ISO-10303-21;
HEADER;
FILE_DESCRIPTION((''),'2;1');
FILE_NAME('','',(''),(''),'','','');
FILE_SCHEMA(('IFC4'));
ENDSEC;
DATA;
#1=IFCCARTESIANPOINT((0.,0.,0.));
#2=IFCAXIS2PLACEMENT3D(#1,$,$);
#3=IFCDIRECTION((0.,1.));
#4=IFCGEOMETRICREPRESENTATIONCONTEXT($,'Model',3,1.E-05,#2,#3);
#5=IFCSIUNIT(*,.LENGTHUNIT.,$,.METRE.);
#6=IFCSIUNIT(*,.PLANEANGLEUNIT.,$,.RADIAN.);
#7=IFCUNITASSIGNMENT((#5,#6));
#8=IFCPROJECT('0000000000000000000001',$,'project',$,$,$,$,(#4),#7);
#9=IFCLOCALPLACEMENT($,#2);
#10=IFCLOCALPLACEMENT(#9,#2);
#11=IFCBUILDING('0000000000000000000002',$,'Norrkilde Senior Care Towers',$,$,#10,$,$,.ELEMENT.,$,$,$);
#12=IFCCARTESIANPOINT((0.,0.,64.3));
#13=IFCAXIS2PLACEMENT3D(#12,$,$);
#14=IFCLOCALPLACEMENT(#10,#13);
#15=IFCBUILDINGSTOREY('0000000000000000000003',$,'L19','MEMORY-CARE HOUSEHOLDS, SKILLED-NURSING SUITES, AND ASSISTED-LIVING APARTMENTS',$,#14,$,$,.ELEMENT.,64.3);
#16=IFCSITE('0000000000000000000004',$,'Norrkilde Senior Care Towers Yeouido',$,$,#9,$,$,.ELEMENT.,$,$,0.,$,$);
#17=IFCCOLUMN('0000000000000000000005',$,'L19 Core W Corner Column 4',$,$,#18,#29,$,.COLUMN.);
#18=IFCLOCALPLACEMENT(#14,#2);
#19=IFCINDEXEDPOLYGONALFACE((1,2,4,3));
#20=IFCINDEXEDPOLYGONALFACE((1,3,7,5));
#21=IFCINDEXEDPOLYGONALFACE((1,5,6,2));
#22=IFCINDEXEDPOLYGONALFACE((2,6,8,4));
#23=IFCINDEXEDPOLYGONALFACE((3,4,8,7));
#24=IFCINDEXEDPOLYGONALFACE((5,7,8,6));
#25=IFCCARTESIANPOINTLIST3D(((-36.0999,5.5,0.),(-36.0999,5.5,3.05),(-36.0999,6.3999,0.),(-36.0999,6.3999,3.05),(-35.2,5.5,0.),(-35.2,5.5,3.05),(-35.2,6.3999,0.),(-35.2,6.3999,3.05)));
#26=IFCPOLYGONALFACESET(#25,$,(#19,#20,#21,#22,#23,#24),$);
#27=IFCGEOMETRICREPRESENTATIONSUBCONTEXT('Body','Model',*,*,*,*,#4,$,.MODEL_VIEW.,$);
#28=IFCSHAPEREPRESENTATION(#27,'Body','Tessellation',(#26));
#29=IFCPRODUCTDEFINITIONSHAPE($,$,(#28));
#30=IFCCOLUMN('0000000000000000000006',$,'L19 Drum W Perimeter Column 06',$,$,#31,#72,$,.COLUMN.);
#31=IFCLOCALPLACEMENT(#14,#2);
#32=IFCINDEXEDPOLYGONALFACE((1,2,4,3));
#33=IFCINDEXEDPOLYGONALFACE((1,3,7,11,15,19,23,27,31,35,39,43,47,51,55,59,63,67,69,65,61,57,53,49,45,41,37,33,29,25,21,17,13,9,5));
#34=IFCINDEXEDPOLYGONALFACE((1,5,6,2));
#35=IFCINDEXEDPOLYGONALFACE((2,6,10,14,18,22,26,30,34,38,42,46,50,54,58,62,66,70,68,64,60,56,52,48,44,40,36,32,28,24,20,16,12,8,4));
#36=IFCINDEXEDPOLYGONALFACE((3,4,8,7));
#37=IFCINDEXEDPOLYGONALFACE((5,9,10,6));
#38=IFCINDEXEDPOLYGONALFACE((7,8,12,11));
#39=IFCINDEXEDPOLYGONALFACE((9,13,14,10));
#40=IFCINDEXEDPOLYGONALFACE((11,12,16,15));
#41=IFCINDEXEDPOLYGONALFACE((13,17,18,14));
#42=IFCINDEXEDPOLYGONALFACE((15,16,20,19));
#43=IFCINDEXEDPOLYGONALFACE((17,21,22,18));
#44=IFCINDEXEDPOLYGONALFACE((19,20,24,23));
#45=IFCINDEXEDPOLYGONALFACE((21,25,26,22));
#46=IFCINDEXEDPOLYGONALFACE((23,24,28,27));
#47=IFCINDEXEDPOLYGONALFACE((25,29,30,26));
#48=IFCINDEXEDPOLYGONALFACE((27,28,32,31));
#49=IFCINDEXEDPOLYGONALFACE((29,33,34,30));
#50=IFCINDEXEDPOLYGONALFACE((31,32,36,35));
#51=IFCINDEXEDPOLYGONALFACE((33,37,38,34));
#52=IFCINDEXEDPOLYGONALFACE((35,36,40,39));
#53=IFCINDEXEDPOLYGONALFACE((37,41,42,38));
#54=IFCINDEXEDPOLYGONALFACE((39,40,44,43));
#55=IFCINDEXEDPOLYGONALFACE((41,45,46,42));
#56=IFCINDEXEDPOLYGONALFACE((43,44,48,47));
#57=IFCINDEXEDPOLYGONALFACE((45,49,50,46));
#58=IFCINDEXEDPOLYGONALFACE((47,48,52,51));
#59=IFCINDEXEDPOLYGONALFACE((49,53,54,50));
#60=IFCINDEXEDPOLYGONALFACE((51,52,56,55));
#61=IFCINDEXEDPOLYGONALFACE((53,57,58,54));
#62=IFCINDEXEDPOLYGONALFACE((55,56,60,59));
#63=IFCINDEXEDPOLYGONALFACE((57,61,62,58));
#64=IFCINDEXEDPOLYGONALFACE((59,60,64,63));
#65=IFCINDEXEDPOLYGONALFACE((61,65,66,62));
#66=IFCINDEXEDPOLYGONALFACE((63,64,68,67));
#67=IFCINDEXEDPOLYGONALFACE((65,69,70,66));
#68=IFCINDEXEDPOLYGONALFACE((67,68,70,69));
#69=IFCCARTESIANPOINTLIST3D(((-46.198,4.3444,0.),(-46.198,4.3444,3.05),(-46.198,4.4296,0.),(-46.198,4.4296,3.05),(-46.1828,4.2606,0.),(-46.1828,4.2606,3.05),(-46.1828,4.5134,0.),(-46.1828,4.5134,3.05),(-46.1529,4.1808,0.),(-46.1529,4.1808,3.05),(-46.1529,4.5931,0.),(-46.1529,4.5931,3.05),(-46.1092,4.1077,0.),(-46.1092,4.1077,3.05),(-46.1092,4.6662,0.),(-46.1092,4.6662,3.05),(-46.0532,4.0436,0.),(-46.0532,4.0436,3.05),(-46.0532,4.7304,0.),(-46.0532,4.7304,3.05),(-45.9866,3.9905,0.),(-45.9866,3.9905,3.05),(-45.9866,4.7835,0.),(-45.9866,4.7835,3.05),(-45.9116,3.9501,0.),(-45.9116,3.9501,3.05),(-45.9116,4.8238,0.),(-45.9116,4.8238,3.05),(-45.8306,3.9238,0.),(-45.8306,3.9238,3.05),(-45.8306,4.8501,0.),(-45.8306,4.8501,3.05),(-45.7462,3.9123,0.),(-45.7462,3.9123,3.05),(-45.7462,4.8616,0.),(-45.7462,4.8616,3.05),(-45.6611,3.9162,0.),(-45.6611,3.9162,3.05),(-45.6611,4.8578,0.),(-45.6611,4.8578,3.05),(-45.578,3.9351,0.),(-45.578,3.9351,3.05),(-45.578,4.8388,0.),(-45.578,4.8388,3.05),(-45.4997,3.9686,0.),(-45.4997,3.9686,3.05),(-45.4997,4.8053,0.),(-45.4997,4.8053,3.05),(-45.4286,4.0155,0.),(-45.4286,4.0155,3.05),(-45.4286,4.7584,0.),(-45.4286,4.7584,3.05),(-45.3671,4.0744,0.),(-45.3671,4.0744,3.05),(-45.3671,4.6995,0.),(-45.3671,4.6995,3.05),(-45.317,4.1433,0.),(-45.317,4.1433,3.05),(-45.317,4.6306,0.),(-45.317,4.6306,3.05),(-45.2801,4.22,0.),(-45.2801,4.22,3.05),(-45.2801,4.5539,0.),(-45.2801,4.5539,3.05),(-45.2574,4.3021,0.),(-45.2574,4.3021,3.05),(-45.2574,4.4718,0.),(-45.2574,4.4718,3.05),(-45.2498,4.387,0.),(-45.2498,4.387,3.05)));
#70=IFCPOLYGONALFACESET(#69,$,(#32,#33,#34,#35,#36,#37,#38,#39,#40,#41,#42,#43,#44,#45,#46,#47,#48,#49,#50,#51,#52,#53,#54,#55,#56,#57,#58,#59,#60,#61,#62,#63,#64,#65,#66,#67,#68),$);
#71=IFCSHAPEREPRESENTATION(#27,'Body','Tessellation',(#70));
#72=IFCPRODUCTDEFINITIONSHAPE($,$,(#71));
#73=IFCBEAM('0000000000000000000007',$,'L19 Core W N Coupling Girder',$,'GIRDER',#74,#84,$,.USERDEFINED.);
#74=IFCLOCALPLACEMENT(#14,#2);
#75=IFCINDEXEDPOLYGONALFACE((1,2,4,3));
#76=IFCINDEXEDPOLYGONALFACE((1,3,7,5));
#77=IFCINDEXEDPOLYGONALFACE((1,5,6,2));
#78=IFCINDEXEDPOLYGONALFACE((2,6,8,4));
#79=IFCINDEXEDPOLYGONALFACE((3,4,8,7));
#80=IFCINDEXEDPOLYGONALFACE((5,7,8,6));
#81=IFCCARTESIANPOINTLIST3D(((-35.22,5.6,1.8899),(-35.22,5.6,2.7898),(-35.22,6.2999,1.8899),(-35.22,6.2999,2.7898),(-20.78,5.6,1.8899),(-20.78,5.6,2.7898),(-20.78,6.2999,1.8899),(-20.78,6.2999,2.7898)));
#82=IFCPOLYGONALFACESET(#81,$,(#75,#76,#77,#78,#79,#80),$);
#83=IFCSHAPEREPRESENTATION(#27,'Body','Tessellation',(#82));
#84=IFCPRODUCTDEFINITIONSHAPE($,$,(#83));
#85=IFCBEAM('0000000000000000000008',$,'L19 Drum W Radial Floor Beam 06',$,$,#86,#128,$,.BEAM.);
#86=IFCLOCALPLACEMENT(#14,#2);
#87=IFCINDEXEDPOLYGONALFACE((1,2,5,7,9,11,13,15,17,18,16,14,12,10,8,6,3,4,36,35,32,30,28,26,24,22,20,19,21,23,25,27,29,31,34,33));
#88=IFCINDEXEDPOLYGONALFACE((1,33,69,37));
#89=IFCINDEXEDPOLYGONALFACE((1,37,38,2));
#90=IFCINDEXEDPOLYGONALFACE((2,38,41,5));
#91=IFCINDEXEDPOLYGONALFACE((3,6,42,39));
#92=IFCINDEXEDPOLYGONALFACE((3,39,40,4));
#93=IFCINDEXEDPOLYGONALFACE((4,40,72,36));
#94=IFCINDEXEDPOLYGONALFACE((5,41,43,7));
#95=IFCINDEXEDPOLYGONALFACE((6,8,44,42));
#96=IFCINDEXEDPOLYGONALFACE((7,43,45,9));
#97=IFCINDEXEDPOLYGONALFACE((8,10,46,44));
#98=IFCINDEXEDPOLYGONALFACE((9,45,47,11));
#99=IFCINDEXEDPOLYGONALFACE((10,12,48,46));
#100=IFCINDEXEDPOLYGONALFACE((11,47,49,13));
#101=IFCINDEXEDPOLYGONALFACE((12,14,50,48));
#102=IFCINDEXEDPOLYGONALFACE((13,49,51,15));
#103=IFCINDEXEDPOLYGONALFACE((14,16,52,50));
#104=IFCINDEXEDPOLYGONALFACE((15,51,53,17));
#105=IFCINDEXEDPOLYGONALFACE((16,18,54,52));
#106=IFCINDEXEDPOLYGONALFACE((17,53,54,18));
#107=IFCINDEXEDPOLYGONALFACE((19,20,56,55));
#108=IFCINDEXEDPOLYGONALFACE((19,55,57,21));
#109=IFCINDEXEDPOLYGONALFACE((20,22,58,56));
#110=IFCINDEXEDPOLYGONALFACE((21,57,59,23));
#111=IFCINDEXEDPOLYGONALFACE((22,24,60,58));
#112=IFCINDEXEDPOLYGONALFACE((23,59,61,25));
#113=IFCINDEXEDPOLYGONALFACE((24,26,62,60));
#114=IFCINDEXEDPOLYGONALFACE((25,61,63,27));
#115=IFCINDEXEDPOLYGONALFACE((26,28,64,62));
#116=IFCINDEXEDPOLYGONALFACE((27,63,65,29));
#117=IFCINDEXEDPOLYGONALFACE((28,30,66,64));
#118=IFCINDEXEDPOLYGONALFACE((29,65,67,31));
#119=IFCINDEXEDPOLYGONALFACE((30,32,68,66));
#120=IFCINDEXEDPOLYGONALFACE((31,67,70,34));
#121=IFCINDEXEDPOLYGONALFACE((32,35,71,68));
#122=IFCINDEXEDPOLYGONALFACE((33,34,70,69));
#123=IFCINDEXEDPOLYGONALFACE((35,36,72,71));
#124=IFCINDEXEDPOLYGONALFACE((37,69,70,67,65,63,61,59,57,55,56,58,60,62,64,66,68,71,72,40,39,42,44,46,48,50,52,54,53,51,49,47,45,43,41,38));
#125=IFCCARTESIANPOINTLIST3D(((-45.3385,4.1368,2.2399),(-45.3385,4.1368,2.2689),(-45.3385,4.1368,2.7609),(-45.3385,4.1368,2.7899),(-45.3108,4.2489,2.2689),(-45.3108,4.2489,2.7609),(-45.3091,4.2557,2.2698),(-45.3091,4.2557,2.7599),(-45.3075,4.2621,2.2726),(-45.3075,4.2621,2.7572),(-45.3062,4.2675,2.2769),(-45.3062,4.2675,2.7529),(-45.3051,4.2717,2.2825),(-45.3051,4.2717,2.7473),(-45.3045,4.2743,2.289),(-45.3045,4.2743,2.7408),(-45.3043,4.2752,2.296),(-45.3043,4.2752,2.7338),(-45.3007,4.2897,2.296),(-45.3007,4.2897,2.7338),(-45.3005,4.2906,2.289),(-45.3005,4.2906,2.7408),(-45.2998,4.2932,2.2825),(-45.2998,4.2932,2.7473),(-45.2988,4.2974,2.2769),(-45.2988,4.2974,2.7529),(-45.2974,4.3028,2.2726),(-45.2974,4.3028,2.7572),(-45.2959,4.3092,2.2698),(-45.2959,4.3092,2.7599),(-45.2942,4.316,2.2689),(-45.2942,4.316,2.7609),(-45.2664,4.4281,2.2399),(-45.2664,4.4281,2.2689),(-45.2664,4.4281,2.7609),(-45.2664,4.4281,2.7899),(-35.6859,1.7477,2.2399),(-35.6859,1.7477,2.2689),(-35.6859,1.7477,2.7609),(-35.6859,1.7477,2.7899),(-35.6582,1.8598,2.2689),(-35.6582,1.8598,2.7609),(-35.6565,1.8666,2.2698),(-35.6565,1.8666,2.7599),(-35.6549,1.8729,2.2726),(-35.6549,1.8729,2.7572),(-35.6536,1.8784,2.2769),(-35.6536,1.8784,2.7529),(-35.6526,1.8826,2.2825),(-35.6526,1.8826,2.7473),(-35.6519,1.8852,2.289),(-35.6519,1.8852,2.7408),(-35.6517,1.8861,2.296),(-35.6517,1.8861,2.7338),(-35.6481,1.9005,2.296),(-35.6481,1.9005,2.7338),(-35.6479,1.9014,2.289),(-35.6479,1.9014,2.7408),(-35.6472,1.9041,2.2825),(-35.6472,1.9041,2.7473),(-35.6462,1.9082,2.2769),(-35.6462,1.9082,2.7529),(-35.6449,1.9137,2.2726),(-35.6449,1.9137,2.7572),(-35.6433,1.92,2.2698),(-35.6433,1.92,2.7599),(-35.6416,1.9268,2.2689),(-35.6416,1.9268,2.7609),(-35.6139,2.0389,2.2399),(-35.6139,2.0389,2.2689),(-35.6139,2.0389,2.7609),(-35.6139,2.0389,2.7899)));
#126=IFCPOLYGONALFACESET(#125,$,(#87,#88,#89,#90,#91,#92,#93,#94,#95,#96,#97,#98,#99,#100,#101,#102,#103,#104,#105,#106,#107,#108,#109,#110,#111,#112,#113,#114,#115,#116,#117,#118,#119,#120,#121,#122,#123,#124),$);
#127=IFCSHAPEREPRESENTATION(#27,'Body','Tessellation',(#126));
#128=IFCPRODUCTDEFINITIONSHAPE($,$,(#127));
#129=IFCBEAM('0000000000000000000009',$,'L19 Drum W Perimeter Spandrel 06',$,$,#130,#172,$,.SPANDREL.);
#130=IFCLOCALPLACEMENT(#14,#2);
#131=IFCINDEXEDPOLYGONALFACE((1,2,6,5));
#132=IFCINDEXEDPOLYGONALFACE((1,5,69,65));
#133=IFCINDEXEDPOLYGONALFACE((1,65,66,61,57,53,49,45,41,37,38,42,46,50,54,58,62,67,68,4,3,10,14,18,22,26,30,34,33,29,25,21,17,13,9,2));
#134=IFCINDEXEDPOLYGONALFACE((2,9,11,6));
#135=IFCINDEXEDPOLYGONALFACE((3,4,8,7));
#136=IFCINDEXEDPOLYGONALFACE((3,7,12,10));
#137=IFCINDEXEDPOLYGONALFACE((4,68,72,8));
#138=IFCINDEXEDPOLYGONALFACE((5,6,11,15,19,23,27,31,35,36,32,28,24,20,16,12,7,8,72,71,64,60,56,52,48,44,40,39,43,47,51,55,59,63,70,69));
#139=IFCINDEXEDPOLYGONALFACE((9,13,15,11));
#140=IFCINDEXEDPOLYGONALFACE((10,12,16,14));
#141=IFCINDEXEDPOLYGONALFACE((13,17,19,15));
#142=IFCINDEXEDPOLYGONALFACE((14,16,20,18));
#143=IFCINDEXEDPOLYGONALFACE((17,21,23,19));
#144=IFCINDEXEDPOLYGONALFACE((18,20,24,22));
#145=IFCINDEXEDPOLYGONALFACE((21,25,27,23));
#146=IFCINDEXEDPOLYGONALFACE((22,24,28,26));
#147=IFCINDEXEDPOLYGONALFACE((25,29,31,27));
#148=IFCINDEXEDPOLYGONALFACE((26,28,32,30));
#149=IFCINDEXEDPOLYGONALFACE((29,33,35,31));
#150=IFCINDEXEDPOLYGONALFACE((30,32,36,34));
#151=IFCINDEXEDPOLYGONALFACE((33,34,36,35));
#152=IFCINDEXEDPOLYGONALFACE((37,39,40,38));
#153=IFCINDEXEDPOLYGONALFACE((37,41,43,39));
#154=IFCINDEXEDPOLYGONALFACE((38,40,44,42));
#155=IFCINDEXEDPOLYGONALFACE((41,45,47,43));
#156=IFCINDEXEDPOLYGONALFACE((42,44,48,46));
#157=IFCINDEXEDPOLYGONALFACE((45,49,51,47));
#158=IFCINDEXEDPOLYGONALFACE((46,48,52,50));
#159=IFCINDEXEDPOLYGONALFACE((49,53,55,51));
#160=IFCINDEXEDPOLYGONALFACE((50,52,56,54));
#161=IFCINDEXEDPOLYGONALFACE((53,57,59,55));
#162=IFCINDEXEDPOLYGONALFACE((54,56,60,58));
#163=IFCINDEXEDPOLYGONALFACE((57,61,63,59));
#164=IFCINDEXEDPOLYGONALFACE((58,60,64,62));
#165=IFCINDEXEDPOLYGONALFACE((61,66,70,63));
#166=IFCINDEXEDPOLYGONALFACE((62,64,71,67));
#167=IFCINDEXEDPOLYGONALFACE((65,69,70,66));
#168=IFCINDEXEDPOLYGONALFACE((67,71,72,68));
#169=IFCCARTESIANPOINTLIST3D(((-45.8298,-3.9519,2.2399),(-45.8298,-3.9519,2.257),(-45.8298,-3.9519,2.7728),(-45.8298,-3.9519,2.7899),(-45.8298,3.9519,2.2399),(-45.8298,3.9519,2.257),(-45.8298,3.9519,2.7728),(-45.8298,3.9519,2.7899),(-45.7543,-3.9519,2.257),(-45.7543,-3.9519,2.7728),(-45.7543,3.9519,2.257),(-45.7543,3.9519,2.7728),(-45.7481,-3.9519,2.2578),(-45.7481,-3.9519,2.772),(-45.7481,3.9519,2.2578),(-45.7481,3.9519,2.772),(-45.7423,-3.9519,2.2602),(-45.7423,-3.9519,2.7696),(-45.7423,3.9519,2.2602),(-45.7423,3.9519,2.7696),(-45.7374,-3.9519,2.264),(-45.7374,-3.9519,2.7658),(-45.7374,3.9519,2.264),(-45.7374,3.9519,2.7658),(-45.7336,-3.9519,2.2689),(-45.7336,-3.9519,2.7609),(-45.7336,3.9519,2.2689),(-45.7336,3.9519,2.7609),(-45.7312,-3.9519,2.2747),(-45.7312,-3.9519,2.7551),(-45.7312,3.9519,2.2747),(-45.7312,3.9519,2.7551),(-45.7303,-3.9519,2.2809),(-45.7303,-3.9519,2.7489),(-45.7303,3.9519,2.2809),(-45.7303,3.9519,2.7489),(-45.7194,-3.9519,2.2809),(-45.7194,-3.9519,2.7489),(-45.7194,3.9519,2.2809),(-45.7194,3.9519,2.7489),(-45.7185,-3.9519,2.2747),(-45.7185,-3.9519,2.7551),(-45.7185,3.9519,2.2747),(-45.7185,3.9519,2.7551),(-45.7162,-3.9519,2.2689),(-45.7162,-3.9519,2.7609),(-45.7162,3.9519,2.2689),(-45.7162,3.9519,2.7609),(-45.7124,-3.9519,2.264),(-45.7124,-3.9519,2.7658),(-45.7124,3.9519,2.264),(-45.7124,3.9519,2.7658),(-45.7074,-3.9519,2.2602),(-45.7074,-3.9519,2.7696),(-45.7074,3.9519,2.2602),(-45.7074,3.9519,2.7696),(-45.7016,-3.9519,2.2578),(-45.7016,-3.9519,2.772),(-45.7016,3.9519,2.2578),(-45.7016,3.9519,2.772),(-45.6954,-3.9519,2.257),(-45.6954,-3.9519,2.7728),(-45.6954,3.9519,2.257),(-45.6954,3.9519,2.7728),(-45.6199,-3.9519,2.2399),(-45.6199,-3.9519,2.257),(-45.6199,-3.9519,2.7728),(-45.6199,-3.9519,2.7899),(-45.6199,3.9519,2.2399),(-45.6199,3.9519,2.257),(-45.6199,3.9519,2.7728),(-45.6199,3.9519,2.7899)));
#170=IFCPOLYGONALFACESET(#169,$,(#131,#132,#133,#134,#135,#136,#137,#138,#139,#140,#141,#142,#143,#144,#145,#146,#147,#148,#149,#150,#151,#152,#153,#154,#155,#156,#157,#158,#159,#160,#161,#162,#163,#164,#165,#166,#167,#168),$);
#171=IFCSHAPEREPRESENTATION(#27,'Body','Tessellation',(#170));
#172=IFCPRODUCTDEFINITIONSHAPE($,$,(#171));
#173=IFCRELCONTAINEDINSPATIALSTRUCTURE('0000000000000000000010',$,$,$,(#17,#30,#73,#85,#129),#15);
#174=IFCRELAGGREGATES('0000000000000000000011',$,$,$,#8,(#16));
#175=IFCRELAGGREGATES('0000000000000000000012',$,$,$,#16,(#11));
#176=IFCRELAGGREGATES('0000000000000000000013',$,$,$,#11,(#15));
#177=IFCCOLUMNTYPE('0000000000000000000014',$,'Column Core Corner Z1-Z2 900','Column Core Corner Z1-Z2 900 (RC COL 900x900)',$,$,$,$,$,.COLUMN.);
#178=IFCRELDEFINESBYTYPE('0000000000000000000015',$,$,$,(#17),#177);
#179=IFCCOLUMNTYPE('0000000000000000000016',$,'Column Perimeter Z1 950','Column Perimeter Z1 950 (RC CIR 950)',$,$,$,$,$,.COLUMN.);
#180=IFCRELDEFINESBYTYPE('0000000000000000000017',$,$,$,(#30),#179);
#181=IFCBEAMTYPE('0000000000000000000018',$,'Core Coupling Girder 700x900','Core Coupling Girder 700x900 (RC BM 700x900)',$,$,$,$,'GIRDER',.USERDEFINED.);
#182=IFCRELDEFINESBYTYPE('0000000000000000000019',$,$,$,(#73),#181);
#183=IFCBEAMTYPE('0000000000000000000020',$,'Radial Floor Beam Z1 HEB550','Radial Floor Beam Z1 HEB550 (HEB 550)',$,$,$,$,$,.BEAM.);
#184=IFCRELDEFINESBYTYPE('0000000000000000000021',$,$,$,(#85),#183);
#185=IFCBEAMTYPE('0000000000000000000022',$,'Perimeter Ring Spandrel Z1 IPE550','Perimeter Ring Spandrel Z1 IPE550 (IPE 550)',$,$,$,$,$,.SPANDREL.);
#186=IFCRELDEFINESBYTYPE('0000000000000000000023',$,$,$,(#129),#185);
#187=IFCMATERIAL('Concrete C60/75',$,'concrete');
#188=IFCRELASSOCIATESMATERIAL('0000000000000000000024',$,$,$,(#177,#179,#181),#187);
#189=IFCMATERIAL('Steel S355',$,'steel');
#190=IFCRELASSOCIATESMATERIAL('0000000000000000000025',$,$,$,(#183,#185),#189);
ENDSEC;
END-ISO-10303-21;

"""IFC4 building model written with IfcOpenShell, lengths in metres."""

from ifc_helpers import new_model, si_unit, direction, frame, origin, origin_2d, place, context, subcontext, project, spatial, rectangle, circle, i_section, extrude, source, transform, mapped, material, material_profile, profile_set, type_object, type_shapes, element, save


model = new_model("IFC4")

# Units and contexts
model_context = context("Model", 3, precision=1e-05, world=origin(), true_north=direction((0.0, 1.0)))
body_context = subcontext(model_context, "Body", "Model", "MODEL_VIEW")
ifc_project = project(units=[si_unit("LENGTHUNIT", "METRE"), si_unit("PLANEANGLEUNIT", "RADIAN")], contexts=[model_context])

# Site, building, storey
site_placement = place(None, origin())
site = spatial("IfcSite", under=ifc_project, at=site_placement, Name="Norrkilde Senior Care Towers Yeouido", CompositionType="ELEMENT", RefElevation=0.0)
building_placement = place(site_placement, origin())
building = spatial("IfcBuilding", under=site, at=building_placement, Name="Norrkilde Senior Care Towers", CompositionType="ELEMENT")
storey_placement = place(building_placement, frame((0.0, 0.0, 64.3)))
storey = spatial("IfcBuildingStorey", under=building, at=storey_placement, Name="L19", Description="MEMORY-CARE HOUSEHOLDS, SKILLED-NURSING SUITES, AND ASSISTED-LIVING APARTMENTS", CompositionType="ELEMENT", Elevation=64.3)

# Columns
ifc_material_1 = material(Name="Concrete C60/75", Category="concrete")
ifc_material_profile_1 = material_profile(ifc_material_1, rectangle(XDim=0.8999, YDim=0.8999, at=origin_2d()), Name="RC COL 900x900")
ifc_profile_set_1 = profile_set([ifc_material_profile_1], Name="Concrete C60/75")
column_type_1 = type_object("IfcColumnType", Name="Column Core Corner Z1-Z2 900", Description="Column Core Corner Z1-Z2 900 (RC COL 900x900)", PredefinedType="COLUMN", material=ifc_profile_set_1)
shared_shape_1 = source(origin(), body_context, "Body", "SweptSolid", [
    extrude(rectangle(XDim=0.8999, YDim=0.8999, at=origin_2d()), origin(), (0.0, 0.0, 1.0), 3.05),
])
type_shapes(column_type_1, [shared_shape_1])
column_1_placement = place(storey_placement, frame((-35.6499, 5.95, 0.0), z_axis=(0.0, 0.0, 1.0), x_axis=(1.0, 0.0, 0.0)))
element("IfcColumn", 1, at=column_1_placement, inside=storey, type_object=column_type_1, Name="L19 Core W Corner Column 4", PredefinedType="COLUMN", context=body_context, shape_type="MappedRepresentation", body=[
    mapped(shared_shape_1, transform((0.0, 0.0, 0.0), x_axis=(1.0, 0.0, 0.0), y_axis=(0.0, 1.0, 0.0), z_axis=(0.0, 0.0, 1.0), scale=1.0)),
])
ifc_material_profile_2 = material_profile(ifc_material_1, circle(Radius=0.4751, at=origin_2d()), Name="RC CIR 950")
ifc_profile_set_2 = profile_set([ifc_material_profile_2], Name="Concrete C60/75")
column_type_2 = type_object("IfcColumnType", Name="Column Perimeter Z1 950", Description="Column Perimeter Z1 950 (RC CIR 950)", PredefinedType="COLUMN", material=ifc_profile_set_2)
shared_shape_2 = source(origin(), body_context, "Body", "SweptSolid", [
    extrude(circle(Radius=0.4751, at=origin_2d()), origin(), (0.0, 0.0, 1.0), 3.05),
])
type_shapes(column_type_2, [shared_shape_2])
column_2_placement = place(storey_placement, frame((-45.7249, 4.387, 0.0), z_axis=(0.0, 0.0, 1.0), x_axis=(1.0, 0.0, 0.0)))
element("IfcColumn", 2, at=column_2_placement, inside=storey, type_object=column_type_2, Name="L19 Drum W Perimeter Column 06", PredefinedType="COLUMN", context=body_context, shape_type="MappedRepresentation", body=[
    mapped(shared_shape_2, transform((0.0, 0.0, 0.0), x_axis=(1.0, 0.0, 0.0), y_axis=(0.0, 1.0, 0.0), z_axis=(0.0, 0.0, 1.0), scale=1.0)),
])

# Beams
ifc_material_profile_3 = material_profile(ifc_material_1, rectangle(XDim=0.7, YDim=0.8999, at=origin_2d()), Name="RC BM 700x900")
ifc_profile_set_3 = profile_set([ifc_material_profile_3], Name="Concrete C60/75")
beam_type_1 = type_object("IfcBeamType", Name="Core Coupling Girder 700x900", Description="Core Coupling Girder 700x900 (RC BM 700x900)", ElementType="GIRDER", PredefinedType="USERDEFINED", material=ifc_profile_set_3)
shared_shape_3 = source(origin(), body_context, "Body", "SweptSolid", [
    extrude(rectangle(XDim=0.7, YDim=0.8999, at=origin_2d()), origin(), (0.0, 0.0, 1.0), 14.4399),
])
type_shapes(beam_type_1, [shared_shape_3])
beam_1_placement = place(storey_placement, frame((-35.22, 5.95, 2.3398), z_axis=(1.0, 0.0, 0.0), x_axis=(0.0, 1.0, 0.0)))
element("IfcBeam", 3, at=beam_1_placement, inside=storey, type_object=beam_type_1, Name="L19 Core W N Coupling Girder", ObjectType="GIRDER", PredefinedType="USERDEFINED", context=body_context, shape_type="MappedRepresentation", body=[
    mapped(shared_shape_3, transform((0.0, 0.0, 0.0), x_axis=(1.0, 0.0, 0.0), y_axis=(0.0, 1.0, 0.0), z_axis=(0.0, 0.0, 1.0), scale=1.0)),
])
ifc_material_2 = material(Name="Steel S355", Category="steel")
ifc_material_profile_4 = material_profile(ifc_material_2, i_section(OverallWidth=0.3, OverallDepth=0.55, WebThickness=0.0149, FlangeThickness=0.0291, FilletRadius=0.0271, at=origin_2d()), Name="HEB 550")
ifc_profile_set_4 = profile_set([ifc_material_profile_4], Name="Steel S355")
beam_type_2 = type_object("IfcBeamType", Name="Radial Floor Beam Z1 HEB550", Description="Radial Floor Beam Z1 HEB550 (HEB 550)", PredefinedType="BEAM", material=ifc_profile_set_4)
shared_shape_4 = source(origin(), body_context, "Body", "SweptSolid", [
    extrude(i_section(OverallWidth=0.3, OverallDepth=0.55, WebThickness=0.0149, FlangeThickness=0.0291, FilletRadius=0.0271, at=origin_2d()), origin(), (0.0, 0.0, 1.0), 9.9438),
])
type_shapes(beam_type_2, [shared_shape_4])
beam_2_placement = place(storey_placement, frame((-35.6499, 1.8933, 2.5149), z_axis=(-0.970707, 0.240265, 0.0), x_axis=(-0.240265, -0.970707, 0.0)))
element("IfcBeam", 4, at=beam_2_placement, inside=storey, type_object=beam_type_2, Name="L19 Drum W Radial Floor Beam 06", PredefinedType="BEAM", context=body_context, shape_type="MappedRepresentation", body=[
    mapped(shared_shape_4, transform((0.0, 0.0, 0.0), x_axis=(1.0, 0.0, 0.0), y_axis=(0.0, 1.0, 0.0), z_axis=(0.0, 0.0, 1.0), scale=1.0)),
])
ifc_material_profile_5 = material_profile(ifc_material_2, i_section(OverallWidth=0.21, OverallDepth=0.55, WebThickness=0.011, FlangeThickness=0.0171, FilletRadius=0.0239, at=origin_2d()), Name="IPE 550")
ifc_profile_set_5 = profile_set([ifc_material_profile_5], Name="Steel S355")
beam_type_3 = type_object("IfcBeamType", Name="Perimeter Ring Spandrel Z1 IPE550", Description="Perimeter Ring Spandrel Z1 IPE550 (IPE 550)", PredefinedType="SPANDREL", material=ifc_profile_set_5)
shared_shape_5 = source(origin(), body_context, "Body", "SweptSolid", [
    extrude(i_section(OverallWidth=0.21, OverallDepth=0.55, WebThickness=0.011, FlangeThickness=0.0171, FilletRadius=0.0239, at=origin_2d()), origin(), (0.0, 0.0, 1.0), 7.9038),
])
type_shapes(beam_type_3, [shared_shape_5])
beam_3_placement = place(storey_placement, frame((-45.7249, 3.9519, 2.5149), z_axis=(0.0, -1.0, 0.0), x_axis=(1.0, 0.0, 0.0)))
element("IfcBeam", 5, at=beam_3_placement, inside=storey, type_object=beam_type_3, Name="L19 Drum W Perimeter Spandrel 06", PredefinedType="SPANDREL", context=body_context, shape_type="MappedRepresentation", body=[
    mapped(shared_shape_5, transform((0.0, 0.0, 0.0), x_axis=(1.0, 0.0, 0.0), y_axis=(0.0, 1.0, 0.0), z_axis=(0.0, 0.0, 1.0), scale=1.0)),
])

save(model, "model.ifc")
